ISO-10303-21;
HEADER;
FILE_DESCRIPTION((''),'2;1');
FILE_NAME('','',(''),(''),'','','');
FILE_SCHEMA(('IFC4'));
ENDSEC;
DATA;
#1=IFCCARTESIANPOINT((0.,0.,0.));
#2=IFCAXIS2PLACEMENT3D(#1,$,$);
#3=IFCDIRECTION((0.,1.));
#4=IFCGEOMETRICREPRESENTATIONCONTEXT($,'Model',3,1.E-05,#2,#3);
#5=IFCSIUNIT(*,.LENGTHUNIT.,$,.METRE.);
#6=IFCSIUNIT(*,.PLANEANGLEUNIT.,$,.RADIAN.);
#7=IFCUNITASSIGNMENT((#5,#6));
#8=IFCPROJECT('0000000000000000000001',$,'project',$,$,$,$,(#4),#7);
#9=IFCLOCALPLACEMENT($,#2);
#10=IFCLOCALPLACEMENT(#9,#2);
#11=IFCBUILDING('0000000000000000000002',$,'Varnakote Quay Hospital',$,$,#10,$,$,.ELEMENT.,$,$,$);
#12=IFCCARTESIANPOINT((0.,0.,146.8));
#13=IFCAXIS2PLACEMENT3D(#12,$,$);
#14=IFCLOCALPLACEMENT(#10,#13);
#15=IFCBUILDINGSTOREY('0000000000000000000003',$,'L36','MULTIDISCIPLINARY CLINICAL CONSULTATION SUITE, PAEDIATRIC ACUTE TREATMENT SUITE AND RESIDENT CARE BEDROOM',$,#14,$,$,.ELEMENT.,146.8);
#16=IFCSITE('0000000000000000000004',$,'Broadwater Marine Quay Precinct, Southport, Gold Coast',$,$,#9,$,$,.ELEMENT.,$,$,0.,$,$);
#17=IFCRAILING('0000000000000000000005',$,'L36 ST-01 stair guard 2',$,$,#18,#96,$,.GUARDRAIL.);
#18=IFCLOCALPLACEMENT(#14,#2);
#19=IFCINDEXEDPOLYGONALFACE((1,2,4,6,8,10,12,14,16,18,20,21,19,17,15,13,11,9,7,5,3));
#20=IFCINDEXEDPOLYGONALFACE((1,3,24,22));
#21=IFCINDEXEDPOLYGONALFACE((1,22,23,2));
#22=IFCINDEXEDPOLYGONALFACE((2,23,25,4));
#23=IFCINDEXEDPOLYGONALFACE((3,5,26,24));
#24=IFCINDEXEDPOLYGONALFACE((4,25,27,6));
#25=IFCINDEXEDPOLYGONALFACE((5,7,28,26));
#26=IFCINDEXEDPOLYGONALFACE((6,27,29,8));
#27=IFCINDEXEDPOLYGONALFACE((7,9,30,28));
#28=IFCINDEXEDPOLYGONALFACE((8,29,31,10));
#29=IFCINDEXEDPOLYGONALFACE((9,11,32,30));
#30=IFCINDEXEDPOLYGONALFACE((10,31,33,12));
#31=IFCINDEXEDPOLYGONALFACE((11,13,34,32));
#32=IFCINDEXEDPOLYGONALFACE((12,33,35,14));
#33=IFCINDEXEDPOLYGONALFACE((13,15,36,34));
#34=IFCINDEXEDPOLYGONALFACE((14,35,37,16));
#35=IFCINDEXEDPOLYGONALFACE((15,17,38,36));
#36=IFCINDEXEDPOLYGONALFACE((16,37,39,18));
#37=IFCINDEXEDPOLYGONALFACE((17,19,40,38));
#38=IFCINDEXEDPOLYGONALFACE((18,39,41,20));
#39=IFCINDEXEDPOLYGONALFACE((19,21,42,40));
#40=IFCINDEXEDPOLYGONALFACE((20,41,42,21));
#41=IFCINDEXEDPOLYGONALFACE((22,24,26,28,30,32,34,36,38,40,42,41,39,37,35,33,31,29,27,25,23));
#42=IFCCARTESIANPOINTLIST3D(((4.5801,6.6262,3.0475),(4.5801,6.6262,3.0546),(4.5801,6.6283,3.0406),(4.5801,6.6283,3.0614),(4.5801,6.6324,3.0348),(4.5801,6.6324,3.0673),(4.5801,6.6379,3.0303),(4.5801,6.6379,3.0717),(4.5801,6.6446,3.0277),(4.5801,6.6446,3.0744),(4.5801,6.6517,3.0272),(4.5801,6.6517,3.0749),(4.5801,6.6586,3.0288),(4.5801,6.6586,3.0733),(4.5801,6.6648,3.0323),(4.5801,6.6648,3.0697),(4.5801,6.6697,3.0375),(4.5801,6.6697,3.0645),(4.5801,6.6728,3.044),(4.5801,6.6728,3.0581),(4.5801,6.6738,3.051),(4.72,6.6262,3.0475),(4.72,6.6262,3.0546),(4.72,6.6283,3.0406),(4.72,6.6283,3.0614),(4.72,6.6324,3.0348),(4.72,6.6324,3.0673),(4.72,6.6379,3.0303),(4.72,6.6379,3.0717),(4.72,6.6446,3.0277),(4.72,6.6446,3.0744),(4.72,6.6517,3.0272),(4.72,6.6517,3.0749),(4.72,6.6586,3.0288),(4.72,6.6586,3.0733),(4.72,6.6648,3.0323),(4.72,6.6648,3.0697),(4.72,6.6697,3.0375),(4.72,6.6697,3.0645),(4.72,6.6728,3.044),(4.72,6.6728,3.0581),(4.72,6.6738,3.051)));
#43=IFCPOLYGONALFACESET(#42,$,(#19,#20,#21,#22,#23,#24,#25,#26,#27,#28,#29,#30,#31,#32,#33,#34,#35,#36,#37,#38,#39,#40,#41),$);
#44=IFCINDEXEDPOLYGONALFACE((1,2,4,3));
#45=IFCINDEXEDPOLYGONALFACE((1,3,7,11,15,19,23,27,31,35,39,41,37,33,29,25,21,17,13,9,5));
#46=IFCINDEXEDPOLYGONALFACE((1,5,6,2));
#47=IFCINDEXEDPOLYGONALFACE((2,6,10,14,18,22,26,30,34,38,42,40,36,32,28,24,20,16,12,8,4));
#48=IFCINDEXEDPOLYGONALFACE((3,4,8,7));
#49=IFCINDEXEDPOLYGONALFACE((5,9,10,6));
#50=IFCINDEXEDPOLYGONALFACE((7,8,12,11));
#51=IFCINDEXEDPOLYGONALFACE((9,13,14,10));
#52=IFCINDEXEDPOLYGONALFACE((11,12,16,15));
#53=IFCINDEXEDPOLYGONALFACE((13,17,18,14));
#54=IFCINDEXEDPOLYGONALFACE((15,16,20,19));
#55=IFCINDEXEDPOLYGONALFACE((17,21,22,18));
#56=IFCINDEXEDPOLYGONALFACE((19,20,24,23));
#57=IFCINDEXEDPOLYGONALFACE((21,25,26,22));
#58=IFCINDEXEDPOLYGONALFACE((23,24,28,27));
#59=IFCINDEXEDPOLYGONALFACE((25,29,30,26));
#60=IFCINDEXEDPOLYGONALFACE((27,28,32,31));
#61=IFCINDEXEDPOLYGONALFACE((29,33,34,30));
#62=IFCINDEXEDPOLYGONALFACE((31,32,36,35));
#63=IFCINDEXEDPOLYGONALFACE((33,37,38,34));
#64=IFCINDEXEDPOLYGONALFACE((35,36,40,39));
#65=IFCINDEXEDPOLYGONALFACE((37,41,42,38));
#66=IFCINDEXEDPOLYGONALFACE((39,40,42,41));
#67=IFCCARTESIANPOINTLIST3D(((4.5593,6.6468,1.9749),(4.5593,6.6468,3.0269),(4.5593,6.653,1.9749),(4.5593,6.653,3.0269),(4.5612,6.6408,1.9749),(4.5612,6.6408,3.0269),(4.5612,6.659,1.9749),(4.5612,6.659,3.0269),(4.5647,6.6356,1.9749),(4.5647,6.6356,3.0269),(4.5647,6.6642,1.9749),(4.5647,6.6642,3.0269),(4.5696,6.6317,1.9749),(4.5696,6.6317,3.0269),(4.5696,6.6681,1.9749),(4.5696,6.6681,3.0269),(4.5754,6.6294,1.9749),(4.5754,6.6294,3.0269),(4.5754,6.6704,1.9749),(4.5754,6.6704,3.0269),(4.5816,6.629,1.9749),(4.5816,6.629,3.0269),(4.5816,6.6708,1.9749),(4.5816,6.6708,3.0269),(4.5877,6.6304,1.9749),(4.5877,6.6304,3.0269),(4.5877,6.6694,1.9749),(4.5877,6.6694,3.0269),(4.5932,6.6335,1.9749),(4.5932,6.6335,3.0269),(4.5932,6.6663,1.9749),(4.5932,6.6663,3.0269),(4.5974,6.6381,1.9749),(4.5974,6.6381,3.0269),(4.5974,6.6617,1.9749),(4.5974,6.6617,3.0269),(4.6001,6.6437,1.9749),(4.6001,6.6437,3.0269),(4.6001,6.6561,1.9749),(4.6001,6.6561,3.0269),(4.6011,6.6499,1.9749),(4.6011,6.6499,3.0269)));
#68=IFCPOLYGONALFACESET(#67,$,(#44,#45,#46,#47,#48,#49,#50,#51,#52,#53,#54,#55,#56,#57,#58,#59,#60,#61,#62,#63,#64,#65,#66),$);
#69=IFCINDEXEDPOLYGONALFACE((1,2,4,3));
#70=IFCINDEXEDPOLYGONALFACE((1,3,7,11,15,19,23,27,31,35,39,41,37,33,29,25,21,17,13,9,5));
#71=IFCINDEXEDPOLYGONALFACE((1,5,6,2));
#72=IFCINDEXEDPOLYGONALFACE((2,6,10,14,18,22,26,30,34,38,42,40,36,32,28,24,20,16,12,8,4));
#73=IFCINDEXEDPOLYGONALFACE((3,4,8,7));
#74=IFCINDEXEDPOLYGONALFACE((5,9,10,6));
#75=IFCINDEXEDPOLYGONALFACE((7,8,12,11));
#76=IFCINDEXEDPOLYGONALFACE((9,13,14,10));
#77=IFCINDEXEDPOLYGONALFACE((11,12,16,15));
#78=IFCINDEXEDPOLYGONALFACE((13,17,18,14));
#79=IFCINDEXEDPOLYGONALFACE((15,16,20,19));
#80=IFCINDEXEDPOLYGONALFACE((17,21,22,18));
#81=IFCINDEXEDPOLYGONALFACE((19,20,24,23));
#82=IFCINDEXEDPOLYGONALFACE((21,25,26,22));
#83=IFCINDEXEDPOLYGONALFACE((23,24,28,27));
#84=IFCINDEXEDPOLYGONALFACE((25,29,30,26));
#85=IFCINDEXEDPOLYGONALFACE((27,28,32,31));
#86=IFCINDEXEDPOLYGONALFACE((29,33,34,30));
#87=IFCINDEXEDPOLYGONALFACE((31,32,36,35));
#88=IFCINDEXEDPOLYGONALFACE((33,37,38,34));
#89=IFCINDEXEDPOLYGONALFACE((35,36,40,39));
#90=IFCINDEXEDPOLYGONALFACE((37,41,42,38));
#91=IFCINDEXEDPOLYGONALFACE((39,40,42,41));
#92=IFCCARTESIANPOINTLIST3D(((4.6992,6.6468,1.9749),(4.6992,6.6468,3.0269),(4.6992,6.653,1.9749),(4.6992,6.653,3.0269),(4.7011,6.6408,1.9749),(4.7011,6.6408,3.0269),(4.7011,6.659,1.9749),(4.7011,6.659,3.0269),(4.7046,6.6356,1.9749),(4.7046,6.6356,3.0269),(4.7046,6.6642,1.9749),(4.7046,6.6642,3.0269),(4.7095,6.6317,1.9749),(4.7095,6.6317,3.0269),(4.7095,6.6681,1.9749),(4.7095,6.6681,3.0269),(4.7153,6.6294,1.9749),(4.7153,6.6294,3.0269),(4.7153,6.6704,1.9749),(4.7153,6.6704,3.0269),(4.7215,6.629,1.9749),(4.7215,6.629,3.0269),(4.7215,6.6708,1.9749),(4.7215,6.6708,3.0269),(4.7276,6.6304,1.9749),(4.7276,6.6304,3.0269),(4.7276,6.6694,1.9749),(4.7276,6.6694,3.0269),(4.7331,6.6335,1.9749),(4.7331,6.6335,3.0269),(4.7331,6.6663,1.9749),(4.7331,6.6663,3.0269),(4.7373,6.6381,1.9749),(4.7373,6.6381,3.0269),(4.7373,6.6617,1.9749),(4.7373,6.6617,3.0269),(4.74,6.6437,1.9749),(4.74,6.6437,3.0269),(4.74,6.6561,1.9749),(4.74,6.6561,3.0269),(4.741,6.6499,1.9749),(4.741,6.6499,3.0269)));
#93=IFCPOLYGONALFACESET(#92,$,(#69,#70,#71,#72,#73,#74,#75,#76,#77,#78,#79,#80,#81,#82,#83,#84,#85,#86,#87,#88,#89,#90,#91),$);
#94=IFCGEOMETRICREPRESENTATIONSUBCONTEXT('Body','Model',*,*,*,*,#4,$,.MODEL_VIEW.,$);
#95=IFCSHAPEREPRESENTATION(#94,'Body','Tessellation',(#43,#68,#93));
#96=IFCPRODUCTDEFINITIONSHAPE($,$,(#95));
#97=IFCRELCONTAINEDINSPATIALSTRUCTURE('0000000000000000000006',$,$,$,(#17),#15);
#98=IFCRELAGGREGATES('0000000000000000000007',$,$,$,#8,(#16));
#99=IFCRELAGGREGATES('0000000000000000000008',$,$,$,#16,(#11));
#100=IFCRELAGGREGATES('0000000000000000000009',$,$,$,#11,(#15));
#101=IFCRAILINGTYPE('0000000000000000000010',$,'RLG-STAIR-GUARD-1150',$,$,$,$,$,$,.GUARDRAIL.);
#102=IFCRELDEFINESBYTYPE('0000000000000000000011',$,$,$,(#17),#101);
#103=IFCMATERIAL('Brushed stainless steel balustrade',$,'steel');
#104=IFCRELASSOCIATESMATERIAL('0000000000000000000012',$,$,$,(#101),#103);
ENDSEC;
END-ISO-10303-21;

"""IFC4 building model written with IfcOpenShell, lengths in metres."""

from ifc_helpers import new_model, si_unit, direction, frame, origin, origin_2d, place, context, subcontext, project, spatial, circle, extrude, material, type_object, element, save


model = new_model("IFC4")

# Units and contexts
model_context = context("Model", 3, precision=1e-05, world=origin(), true_north=direction((0.0, 1.0)))
body_context = subcontext(model_context, "Body", "Model", "MODEL_VIEW")
ifc_project = project(units=[si_unit("LENGTHUNIT", "METRE"), si_unit("PLANEANGLEUNIT", "RADIAN")], contexts=[model_context])

# Site, building, storey
site_placement = place(None, origin())
site = spatial("IfcSite", under=ifc_project, at=site_placement, Name="Broadwater Marine Quay Precinct, Southport, Gold Coast", CompositionType="ELEMENT", RefElevation=0.0)
building_placement = place(site_placement, origin())
building = spatial("IfcBuilding", under=site, at=building_placement, Name="Varnakote Quay Hospital", CompositionType="ELEMENT")
storey_placement = place(building_placement, frame((0.0, 0.0, 146.8)))
storey = spatial("IfcBuildingStorey", under=building, at=storey_placement, Name="L36", Description="MULTIDISCIPLINARY CLINICAL CONSULTATION SUITE, PAEDIATRIC ACUTE TREATMENT SUITE AND RESIDENT CARE BEDROOM", CompositionType="ELEMENT", Elevation=146.8)

# Railing
ifc_material_1 = material(Name="Brushed stainless steel balustrade", Category="steel")
railing_type_1 = type_object("IfcRailingType", Name="RLG-STAIR-GUARD-1150", PredefinedType="GUARDRAIL", material=ifc_material_1)
railing_1_placement = place(storey_placement, frame((4.5801, 6.6499, 1.9749)))
element("IfcRailing", 1, at=railing_1_placement, inside=storey, type_object=railing_type_1, Name="L36 ST-01 stair guard 2", PredefinedType="GUARDRAIL", context=body_context, shape_type="SweptSolid", body=[
    extrude(circle(Radius=0.0239, at=origin_2d()), frame((0.0, 0.0, 1.0762), z_axis=(1.0, 0.0, 0.0), x_axis=(0.0, 1.0, 0.0)), (0.0, 0.0, 1.0), 0.1399),
    extrude(circle(Radius=0.021, at=origin_2d()), origin(), (0.0, 0.0, 1.0), 1.052),
    extrude(circle(Radius=0.021, at=origin_2d()), frame((0.1399, 0.0, 0.0)), (0.0, 0.0, 1.0), 1.052),
])

save(model, "model.ifc")
